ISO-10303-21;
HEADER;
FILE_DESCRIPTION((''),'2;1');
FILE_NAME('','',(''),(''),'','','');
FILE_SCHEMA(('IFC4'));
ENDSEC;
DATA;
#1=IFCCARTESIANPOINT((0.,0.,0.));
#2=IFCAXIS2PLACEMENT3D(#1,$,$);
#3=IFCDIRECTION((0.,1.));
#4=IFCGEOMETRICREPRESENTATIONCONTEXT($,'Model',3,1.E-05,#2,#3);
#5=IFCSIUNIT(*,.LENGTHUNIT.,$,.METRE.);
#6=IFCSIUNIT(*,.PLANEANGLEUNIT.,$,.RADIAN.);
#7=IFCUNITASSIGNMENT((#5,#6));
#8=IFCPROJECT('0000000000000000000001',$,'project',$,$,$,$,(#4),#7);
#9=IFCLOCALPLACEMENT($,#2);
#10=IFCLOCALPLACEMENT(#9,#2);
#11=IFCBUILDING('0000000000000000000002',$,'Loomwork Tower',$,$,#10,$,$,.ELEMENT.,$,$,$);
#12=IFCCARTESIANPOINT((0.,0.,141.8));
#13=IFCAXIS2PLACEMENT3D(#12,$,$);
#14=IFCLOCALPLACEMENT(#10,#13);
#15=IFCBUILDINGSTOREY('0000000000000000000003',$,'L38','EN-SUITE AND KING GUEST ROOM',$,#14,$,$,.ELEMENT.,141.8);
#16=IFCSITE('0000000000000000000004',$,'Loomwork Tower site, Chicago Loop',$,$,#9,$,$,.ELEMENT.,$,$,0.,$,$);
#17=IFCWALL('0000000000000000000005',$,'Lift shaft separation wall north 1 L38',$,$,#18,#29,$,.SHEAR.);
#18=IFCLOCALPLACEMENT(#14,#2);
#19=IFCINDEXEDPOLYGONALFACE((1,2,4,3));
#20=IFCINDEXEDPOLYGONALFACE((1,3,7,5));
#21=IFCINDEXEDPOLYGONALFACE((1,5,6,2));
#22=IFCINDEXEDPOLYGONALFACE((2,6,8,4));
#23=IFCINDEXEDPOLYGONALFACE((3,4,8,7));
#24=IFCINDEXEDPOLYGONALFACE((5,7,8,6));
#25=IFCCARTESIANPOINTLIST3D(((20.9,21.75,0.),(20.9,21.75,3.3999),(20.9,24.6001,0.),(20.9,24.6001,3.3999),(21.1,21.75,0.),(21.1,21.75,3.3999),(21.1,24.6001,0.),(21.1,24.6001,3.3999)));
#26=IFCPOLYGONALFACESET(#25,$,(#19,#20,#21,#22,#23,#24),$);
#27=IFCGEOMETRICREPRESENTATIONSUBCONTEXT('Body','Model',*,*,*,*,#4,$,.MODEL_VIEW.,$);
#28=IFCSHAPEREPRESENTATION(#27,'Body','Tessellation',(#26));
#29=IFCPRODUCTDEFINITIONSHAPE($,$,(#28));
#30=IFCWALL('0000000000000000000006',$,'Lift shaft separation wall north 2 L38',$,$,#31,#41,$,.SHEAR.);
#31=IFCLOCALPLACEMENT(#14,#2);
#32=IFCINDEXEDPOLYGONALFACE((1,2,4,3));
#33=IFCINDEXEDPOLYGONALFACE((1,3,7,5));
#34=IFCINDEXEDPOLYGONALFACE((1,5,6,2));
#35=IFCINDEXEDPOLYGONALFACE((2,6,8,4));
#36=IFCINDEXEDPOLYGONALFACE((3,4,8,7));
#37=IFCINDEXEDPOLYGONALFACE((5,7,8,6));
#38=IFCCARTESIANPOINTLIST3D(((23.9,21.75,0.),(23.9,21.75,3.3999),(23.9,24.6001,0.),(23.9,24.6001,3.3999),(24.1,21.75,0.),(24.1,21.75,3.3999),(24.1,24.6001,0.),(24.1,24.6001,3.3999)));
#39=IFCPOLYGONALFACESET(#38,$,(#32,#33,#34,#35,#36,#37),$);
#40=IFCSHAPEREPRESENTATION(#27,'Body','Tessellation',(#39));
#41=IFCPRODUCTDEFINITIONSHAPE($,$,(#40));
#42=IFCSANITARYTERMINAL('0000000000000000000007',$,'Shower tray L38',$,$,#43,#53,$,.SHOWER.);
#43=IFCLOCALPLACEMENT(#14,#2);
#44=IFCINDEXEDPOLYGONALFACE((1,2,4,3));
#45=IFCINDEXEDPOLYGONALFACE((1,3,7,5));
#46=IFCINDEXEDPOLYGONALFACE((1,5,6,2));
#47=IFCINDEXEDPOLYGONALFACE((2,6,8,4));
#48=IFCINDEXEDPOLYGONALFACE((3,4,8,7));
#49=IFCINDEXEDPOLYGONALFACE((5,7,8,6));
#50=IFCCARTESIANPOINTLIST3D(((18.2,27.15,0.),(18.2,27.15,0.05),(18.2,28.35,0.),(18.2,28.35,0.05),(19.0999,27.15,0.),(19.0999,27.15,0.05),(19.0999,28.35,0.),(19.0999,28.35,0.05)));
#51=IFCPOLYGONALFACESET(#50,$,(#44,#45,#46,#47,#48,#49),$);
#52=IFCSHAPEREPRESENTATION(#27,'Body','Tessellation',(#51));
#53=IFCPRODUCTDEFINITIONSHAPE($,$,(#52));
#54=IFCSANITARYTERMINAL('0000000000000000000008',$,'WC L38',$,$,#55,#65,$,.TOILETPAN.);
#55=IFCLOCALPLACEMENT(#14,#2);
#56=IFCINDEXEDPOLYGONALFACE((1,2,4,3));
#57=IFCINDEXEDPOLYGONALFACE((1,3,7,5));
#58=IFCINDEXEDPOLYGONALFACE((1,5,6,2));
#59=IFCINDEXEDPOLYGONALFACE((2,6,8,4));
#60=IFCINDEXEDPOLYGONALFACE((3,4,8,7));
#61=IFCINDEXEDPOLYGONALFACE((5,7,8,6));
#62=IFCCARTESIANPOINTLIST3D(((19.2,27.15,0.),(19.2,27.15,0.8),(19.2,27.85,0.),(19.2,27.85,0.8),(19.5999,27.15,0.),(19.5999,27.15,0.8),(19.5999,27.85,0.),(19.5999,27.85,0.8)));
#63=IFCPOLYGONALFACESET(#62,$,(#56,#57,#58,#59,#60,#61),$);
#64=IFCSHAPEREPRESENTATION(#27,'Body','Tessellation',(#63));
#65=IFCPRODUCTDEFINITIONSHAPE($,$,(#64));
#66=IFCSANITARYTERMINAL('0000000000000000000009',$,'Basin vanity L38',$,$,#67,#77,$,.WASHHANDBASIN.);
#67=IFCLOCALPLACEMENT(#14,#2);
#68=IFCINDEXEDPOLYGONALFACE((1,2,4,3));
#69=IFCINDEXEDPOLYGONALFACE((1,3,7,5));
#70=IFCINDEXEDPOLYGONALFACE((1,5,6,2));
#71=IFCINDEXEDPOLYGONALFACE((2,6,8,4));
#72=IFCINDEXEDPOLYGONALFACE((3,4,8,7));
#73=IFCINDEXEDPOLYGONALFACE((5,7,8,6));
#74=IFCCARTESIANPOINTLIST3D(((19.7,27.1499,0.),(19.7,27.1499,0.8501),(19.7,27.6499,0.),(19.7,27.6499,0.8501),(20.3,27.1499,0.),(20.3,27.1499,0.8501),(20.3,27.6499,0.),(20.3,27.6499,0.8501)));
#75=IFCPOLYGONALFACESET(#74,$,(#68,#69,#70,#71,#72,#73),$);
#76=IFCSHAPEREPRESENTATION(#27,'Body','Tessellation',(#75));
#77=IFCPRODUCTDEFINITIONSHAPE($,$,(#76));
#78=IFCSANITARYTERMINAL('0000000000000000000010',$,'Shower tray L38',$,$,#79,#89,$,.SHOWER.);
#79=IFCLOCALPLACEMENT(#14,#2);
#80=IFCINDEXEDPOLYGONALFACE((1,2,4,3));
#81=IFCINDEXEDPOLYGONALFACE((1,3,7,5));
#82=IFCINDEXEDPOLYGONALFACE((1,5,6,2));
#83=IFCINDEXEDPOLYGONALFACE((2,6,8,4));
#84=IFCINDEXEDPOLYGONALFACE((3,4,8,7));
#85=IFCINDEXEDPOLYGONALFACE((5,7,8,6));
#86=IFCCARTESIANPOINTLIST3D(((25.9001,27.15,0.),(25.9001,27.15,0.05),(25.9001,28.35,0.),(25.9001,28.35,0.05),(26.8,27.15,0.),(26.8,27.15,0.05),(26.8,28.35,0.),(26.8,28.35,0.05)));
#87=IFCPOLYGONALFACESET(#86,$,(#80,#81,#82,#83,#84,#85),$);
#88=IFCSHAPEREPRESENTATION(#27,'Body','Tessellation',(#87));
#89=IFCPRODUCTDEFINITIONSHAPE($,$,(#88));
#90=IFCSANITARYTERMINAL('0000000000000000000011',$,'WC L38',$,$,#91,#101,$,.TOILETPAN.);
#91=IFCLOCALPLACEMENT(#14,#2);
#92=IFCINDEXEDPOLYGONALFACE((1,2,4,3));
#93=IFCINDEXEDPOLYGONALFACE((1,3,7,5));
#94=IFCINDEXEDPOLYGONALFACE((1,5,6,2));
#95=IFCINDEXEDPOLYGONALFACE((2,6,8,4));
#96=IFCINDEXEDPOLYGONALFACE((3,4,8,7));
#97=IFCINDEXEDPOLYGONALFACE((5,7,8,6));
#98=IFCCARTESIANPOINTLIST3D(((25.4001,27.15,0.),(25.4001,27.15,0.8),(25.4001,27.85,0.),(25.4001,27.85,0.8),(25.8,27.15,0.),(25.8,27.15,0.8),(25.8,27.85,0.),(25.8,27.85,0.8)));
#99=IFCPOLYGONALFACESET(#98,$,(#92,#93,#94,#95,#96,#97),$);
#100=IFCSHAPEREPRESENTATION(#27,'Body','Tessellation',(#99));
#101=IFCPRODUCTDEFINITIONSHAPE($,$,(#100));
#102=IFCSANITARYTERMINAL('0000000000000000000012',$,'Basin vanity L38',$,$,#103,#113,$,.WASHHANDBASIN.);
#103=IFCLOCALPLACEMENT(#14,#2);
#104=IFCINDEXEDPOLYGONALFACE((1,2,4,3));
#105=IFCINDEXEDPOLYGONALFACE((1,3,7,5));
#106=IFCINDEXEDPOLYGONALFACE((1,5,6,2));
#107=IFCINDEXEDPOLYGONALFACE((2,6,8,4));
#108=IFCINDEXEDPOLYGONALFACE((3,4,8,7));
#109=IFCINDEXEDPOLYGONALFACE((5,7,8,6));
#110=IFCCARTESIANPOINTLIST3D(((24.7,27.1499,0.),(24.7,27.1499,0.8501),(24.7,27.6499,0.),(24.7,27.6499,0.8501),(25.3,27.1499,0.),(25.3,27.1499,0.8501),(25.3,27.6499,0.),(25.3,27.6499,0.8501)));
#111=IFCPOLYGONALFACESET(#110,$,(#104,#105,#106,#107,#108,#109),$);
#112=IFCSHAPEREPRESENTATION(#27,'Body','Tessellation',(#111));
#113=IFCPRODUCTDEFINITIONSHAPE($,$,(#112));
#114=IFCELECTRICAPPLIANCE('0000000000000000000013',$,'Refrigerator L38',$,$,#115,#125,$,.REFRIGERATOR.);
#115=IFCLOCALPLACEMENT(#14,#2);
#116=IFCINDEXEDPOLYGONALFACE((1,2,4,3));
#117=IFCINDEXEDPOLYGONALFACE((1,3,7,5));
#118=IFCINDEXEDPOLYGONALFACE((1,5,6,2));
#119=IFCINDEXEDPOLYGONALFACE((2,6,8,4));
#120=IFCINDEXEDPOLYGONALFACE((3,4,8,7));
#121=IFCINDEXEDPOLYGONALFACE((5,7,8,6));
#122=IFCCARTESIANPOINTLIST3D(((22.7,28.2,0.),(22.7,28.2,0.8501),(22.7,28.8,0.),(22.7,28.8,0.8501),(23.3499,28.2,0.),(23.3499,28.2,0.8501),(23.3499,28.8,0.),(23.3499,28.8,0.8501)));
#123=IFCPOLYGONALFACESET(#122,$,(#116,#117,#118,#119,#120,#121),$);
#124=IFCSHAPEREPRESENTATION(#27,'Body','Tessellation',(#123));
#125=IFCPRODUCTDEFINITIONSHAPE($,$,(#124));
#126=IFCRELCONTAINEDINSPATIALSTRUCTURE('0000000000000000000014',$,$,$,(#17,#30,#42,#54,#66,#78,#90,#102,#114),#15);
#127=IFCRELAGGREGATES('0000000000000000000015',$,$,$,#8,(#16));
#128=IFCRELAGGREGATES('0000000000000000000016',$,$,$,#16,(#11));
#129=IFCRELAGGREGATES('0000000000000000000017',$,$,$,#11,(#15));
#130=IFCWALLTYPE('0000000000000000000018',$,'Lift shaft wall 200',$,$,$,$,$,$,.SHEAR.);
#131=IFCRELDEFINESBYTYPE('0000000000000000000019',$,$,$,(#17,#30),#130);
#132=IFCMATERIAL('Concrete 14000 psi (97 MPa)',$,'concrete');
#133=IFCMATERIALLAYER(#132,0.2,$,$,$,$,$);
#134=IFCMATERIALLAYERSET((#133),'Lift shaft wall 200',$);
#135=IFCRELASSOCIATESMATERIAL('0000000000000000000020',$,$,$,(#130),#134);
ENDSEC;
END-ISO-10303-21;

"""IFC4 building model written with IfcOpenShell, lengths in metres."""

from ifc_helpers import new_model, si_unit, direction, frame, frame_2d, origin, origin_2d, place, context, subcontext, project, spatial, rectangle, extrude, material, layer, layer_set, type_object, element, save


model = new_model("IFC4")

# Units and contexts
model_context = context("Model", 3, precision=1e-05, world=origin(), true_north=direction((0.0, 1.0)))
body_context = subcontext(model_context, "Body", "Model", "MODEL_VIEW")
ifc_project = project(units=[si_unit("LENGTHUNIT", "METRE"), si_unit("PLANEANGLEUNIT", "RADIAN")], contexts=[model_context])

# Site, building, storey
site_placement = place(None, origin())
site = spatial("IfcSite", under=ifc_project, at=site_placement, Name="Loomwork Tower site, Chicago Loop", CompositionType="ELEMENT", RefElevation=0.0)
building_placement = place(site_placement, origin())
building = spatial("IfcBuilding", under=site, at=building_placement, Name="Loomwork Tower", CompositionType="ELEMENT")
storey_placement = place(building_placement, frame((0.0, 0.0, 141.8)))
storey = spatial("IfcBuildingStorey", under=building, at=storey_placement, Name="L38", Description="EN-SUITE AND KING GUEST ROOM", CompositionType="ELEMENT", Elevation=141.8)

# Walls
ifc_material_1 = material(Name="Concrete 14000 psi (97 MPa)", Category="concrete")
ifc_layer_1 = layer(ifc_material_1, 0.2)
ifc_layer_set_1 = layer_set([ifc_layer_1], Name="Lift shaft wall 200")
wall_type_1 = type_object("IfcWallType", Name="Lift shaft wall 200", PredefinedType="SHEAR", material=ifc_layer_set_1)
for number, where, z_axis, x_axis, name in (
    (1, (21.0, 21.75, 0.0), (0.0, 0.0, 1.0), (0.0, 1.0, 0.0), "Lift shaft separation wall north 1 L38"),
    (2, (24.0, 21.75, 0.0), (0.0, 0.0, 1.0), (0.0, 1.0, 0.0), "Lift shaft separation wall north 2 L38"),
):
    element("IfcWall", number, at=place(storey_placement, frame(where, z_axis=z_axis, x_axis=x_axis)), inside=storey, type_object=wall_type_1, Name=name, PredefinedType="SHEAR", context=body_context, shape_type="SweptSolid", body=[
        extrude(rectangle(XDim=2.8501, YDim=0.2, at=frame_2d((1.425, 0.0))), origin(), (0.0, 0.0, 1.0), 3.3999),
    ])

# Sanitary terminals
sanitary_terminal_1_placement = place(storey_placement, frame((18.6499, 27.75, 0.0), z_axis=(0.0, 0.0, 1.0), x_axis=(1.0, 0.0, 0.0)))
element("IfcSanitaryTerminal", 3, at=sanitary_terminal_1_placement, inside=storey, Name="Shower tray L38", PredefinedType="SHOWER", context=body_context, shape_type="SweptSolid", body=[
    extrude(rectangle(XDim=0.8999, YDim=1.2, at=origin_2d()), origin(), (0.0, 0.0, 1.0), 0.05),
])
sanitary_terminal_2_placement = place(storey_placement, frame((19.3999, 27.5, 0.0), z_axis=(0.0, 0.0, 1.0), x_axis=(1.0, 0.0, 0.0)))
element("IfcSanitaryTerminal", 4, at=sanitary_terminal_2_placement, inside=storey, Name="WC L38", PredefinedType="TOILETPAN", context=body_context, shape_type="SweptSolid", body=[
    extrude(rectangle(XDim=0.3999, YDim=0.7, at=origin_2d()), origin(), (0.0, 0.0, 1.0), 0.8),
])
sanitary_terminal_3_placement = place(storey_placement, frame((20.0, 27.3999, 0.0), z_axis=(0.0, 0.0, 1.0), x_axis=(1.0, 0.0, 0.0)))
element("IfcSanitaryTerminal", 5, at=sanitary_terminal_3_placement, inside=storey, Name="Basin vanity L38", PredefinedType="WASHHANDBASIN", context=body_context, shape_type="SweptSolid", body=[
    extrude(rectangle(XDim=0.6001, YDim=0.5, at=origin_2d()), origin(), (0.0, 0.0, 1.0), 0.8501),
])
sanitary_terminal_4_placement = place(storey_placement, frame((26.3501, 27.75, 0.0), z_axis=(0.0, 0.0, 1.0), x_axis=(1.0, 0.0, 0.0)))
element("IfcSanitaryTerminal", 6, at=sanitary_terminal_4_placement, inside=storey, Name="Shower tray L38", PredefinedType="SHOWER", context=body_context, shape_type="SweptSolid", body=[
    extrude(rectangle(XDim=0.8999, YDim=1.2, at=origin_2d()), origin(), (0.0, 0.0, 1.0), 0.05),
])
sanitary_terminal_5_placement = place(storey_placement, frame((25.6001, 27.5, 0.0), z_axis=(0.0, 0.0, 1.0), x_axis=(1.0, 0.0, 0.0)))
element("IfcSanitaryTerminal", 7, at=sanitary_terminal_5_placement, inside=storey, Name="WC L38", PredefinedType="TOILETPAN", context=body_context, shape_type="SweptSolid", body=[
    extrude(rectangle(XDim=0.3999, YDim=0.7, at=origin_2d()), origin(), (0.0, 0.0, 1.0), 0.8),
])
sanitary_terminal_6_placement = place(storey_placement, frame((25.0, 27.3999, 0.0), z_axis=(0.0, 0.0, 1.0), x_axis=(1.0, 0.0, 0.0)))
element("IfcSanitaryTerminal", 8, at=sanitary_terminal_6_placement, inside=storey, Name="Basin vanity L38", PredefinedType="WASHHANDBASIN", context=body_context, shape_type="SweptSolid", body=[
    extrude(rectangle(XDim=0.6001, YDim=0.5, at=origin_2d()), origin(), (0.0, 0.0, 1.0), 0.8501),
])

# Electric appliance
electric_appliance_placement = place(storey_placement, frame((23.0249, 28.5, 0.0), z_axis=(0.0, 0.0, 1.0), x_axis=(1.0, 0.0, 0.0)))
element("IfcElectricAppliance", 9, at=electric_appliance_placement, inside=storey, Name="Refrigerator L38", PredefinedType="REFRIGERATOR", context=body_context, shape_type="SweptSolid", body=[
    extrude(rectangle(XDim=0.6499, YDim=0.6001, at=origin_2d()), origin(), (0.0, 0.0, 1.0), 0.8501),
])

save(model, "model.ifc")
